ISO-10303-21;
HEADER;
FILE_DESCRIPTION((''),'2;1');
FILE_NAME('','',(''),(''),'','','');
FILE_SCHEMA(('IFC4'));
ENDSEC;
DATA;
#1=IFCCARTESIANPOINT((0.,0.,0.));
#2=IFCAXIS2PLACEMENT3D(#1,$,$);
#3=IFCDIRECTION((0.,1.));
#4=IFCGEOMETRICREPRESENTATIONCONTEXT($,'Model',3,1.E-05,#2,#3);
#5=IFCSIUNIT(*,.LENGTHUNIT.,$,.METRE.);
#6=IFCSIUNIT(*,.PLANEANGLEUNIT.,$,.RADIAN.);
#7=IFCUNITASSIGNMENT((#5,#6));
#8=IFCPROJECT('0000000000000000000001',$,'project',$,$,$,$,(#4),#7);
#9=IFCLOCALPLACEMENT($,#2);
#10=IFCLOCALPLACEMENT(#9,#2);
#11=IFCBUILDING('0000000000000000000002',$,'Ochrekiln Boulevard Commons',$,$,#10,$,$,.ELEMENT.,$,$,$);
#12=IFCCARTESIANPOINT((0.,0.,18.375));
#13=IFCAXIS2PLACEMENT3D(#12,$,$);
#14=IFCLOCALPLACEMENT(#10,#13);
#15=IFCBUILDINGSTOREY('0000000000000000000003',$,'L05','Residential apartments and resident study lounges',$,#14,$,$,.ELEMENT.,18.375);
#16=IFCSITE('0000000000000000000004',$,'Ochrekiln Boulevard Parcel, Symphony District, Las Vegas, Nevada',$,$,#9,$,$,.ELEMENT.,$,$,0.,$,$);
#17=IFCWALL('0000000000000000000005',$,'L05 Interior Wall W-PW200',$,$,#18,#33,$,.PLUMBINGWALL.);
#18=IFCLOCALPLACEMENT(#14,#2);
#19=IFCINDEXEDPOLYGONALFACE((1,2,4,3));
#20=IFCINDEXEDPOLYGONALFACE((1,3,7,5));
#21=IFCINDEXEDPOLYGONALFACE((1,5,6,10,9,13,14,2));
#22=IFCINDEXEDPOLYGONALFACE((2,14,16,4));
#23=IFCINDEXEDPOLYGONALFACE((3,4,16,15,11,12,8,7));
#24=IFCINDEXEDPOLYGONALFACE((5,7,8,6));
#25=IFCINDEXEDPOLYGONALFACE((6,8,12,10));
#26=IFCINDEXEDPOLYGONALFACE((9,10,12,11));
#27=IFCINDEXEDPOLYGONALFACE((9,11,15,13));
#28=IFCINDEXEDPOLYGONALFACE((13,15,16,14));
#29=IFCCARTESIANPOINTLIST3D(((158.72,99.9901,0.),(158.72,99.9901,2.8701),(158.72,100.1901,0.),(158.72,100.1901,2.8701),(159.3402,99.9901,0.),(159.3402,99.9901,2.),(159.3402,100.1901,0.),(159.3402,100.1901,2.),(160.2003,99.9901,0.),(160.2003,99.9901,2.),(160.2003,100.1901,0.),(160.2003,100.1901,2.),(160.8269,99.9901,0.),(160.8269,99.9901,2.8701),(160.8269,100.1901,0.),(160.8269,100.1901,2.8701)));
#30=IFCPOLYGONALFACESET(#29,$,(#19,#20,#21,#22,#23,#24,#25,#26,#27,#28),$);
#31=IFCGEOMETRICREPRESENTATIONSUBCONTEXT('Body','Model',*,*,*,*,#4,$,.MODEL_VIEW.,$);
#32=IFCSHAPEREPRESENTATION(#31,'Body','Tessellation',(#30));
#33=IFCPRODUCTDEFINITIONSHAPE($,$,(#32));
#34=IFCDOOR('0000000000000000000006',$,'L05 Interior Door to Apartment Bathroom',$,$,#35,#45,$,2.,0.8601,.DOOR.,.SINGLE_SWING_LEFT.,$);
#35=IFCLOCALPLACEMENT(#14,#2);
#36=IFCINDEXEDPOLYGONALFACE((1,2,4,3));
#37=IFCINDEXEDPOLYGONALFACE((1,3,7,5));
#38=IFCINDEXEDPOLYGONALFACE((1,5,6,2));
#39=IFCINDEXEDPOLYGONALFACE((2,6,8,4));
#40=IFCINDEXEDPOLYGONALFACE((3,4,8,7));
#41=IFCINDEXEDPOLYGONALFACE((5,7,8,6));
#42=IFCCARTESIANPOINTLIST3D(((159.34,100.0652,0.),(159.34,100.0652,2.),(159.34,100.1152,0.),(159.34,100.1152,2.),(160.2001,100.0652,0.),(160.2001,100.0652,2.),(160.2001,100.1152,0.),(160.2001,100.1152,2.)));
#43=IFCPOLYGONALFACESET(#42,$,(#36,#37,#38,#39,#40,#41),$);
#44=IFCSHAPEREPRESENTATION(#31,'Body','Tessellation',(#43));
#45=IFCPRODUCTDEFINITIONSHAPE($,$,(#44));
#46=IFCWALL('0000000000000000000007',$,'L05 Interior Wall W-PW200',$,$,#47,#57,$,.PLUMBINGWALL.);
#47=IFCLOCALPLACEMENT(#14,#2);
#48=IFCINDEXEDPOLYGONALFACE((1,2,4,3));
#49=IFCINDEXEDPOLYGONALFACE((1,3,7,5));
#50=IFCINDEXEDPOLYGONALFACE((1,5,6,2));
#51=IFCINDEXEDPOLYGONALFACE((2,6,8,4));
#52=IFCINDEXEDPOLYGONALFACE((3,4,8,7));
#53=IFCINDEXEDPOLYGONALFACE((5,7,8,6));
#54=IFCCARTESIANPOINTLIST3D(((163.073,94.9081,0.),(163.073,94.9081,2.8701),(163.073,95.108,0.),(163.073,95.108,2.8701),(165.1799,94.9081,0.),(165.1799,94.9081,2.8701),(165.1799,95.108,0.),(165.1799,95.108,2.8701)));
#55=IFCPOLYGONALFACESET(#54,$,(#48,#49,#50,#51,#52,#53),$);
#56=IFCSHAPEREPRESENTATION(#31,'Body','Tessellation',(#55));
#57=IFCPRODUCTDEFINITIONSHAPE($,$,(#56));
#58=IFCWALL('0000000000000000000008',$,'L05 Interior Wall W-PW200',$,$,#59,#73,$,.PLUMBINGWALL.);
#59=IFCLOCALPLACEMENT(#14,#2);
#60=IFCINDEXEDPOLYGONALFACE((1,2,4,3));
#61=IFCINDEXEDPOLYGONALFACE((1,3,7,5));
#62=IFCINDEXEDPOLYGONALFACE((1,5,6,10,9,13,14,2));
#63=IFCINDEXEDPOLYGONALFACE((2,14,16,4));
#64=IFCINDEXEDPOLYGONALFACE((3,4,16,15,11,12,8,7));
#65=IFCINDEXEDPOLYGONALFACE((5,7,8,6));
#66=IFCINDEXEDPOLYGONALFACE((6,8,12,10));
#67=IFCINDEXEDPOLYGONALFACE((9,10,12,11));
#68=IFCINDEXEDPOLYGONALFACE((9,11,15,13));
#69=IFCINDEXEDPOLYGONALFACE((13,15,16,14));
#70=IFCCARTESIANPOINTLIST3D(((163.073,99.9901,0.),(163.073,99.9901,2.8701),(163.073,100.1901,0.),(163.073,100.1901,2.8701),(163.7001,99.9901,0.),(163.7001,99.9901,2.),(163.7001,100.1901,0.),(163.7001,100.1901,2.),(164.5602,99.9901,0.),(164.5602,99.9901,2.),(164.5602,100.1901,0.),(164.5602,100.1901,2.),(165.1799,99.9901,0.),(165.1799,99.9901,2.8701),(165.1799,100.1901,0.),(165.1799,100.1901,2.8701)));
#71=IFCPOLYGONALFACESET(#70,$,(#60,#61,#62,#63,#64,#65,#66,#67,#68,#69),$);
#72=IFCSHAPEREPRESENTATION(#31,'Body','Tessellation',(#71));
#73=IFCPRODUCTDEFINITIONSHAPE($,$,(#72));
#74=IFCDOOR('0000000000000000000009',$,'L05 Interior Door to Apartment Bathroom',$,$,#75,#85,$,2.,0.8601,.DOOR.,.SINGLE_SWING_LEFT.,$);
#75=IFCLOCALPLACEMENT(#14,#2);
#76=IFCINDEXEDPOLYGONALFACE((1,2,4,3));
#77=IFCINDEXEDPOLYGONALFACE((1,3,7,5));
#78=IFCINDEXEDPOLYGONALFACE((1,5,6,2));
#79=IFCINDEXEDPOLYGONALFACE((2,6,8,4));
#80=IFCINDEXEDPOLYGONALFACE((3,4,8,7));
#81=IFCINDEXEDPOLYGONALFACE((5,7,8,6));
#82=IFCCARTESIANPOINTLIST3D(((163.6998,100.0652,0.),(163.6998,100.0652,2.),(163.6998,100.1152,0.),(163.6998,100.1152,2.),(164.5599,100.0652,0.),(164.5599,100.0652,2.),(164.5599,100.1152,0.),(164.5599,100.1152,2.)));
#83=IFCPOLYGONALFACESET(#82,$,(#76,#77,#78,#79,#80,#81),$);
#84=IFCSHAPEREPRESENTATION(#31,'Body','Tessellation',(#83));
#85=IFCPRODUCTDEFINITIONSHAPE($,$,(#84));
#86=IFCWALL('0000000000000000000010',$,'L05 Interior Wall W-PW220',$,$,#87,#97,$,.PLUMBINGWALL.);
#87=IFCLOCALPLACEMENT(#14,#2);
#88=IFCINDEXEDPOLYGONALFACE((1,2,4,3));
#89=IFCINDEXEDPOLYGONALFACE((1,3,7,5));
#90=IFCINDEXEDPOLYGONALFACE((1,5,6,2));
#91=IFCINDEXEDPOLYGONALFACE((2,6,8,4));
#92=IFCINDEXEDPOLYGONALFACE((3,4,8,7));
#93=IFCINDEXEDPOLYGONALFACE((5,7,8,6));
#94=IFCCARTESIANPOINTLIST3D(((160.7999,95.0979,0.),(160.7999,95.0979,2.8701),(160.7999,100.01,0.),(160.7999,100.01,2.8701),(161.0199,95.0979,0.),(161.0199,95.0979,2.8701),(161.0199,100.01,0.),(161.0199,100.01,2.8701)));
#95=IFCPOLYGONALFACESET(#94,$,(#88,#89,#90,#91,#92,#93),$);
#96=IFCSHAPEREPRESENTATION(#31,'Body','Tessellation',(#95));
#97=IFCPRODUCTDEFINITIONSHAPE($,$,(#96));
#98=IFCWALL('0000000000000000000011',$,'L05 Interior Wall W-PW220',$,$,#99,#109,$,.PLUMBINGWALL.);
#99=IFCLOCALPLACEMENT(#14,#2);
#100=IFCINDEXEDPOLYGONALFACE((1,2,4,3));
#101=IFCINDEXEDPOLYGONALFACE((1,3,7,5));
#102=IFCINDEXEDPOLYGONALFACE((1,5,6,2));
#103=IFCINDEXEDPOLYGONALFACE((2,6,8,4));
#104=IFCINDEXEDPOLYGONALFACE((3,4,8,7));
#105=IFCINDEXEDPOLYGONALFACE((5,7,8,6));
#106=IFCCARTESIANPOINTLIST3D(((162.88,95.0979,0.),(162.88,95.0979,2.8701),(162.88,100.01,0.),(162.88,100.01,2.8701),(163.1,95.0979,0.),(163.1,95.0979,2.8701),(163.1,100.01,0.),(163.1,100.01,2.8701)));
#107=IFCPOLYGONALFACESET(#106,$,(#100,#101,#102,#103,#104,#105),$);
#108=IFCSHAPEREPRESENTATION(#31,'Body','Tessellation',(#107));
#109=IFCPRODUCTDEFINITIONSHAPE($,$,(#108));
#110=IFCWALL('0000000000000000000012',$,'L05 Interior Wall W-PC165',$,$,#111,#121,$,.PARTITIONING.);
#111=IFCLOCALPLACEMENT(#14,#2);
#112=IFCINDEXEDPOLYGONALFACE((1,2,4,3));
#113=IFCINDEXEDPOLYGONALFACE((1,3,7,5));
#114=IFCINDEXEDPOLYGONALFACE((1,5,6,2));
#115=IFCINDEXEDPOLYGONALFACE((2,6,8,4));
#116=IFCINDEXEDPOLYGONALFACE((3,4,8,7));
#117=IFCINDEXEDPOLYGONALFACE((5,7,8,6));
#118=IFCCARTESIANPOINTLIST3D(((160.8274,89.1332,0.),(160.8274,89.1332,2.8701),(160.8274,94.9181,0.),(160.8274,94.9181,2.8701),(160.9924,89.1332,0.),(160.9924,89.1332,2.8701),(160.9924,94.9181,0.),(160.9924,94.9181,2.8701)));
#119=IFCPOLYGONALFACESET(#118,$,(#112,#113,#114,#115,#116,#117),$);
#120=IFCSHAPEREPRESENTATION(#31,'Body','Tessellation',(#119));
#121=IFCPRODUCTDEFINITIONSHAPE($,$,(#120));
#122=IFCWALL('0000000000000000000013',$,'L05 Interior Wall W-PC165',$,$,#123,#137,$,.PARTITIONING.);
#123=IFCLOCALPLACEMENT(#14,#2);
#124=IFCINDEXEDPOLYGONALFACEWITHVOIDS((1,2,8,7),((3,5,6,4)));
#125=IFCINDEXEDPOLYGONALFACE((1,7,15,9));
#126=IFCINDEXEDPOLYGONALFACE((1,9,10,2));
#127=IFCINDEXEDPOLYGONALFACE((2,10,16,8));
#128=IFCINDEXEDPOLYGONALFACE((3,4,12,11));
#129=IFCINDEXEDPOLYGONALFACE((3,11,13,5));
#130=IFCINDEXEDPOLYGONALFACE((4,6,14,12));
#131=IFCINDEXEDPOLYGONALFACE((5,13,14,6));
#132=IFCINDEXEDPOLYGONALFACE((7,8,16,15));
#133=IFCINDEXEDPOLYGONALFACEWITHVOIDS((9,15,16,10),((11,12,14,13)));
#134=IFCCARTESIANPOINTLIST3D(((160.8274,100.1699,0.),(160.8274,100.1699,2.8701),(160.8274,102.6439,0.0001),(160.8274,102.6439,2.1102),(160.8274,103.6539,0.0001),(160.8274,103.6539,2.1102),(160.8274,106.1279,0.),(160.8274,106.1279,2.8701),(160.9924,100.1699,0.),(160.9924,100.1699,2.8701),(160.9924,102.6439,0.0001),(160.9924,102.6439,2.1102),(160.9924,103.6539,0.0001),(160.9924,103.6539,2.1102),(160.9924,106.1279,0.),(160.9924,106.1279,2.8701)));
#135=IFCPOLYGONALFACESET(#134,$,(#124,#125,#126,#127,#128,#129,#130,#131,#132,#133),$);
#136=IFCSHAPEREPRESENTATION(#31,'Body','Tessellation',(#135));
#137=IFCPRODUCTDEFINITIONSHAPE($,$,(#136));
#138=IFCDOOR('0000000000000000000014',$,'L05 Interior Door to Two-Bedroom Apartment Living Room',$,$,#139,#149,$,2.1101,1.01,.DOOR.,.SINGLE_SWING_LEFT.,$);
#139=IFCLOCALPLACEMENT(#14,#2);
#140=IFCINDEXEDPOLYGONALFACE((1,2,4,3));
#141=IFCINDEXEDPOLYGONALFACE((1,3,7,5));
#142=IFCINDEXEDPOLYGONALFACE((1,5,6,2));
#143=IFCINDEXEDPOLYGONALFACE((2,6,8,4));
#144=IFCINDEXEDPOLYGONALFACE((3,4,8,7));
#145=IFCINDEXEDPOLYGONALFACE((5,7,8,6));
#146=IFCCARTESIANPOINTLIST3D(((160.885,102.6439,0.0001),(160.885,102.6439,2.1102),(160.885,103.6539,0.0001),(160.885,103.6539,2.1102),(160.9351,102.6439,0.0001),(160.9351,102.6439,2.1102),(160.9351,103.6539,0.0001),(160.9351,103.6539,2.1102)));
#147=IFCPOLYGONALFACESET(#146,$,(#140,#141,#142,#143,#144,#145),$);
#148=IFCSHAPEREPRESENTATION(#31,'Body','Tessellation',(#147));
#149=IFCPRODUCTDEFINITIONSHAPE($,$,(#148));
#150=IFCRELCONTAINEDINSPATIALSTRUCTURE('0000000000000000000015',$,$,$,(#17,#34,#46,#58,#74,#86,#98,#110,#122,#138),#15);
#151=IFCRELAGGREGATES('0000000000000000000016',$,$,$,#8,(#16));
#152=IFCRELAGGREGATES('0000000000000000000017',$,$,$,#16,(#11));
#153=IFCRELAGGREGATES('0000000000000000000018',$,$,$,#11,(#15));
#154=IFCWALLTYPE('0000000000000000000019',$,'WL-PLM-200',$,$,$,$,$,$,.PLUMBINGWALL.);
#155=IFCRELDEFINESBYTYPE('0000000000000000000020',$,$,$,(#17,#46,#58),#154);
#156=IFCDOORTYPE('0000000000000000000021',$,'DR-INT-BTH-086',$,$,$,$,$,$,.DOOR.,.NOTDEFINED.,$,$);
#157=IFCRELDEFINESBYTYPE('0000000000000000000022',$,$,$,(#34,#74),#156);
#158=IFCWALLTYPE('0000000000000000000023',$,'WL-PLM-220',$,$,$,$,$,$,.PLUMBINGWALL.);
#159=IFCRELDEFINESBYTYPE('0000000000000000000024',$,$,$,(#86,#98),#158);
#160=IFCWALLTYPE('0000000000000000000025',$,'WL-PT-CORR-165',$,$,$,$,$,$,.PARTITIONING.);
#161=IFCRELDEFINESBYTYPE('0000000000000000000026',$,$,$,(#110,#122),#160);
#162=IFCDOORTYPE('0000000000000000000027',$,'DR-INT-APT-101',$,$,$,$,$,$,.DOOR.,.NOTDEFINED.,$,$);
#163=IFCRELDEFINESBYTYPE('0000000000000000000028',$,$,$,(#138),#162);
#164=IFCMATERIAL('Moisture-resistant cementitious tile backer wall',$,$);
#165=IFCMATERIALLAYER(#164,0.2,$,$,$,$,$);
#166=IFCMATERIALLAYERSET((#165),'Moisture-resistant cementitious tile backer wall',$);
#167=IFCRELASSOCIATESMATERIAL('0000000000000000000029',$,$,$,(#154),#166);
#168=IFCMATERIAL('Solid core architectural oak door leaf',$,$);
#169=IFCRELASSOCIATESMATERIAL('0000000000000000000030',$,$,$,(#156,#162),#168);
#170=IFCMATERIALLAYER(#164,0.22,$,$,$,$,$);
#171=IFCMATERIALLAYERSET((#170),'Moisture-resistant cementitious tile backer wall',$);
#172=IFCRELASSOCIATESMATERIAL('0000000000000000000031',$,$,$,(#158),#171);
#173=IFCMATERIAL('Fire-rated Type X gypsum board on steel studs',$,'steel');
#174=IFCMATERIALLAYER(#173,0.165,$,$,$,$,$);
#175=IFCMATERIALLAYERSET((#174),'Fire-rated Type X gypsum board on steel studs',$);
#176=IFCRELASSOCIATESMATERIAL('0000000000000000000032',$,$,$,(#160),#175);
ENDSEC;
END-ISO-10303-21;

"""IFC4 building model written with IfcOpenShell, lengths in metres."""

from ifc_helpers import new_model, si_unit, direction, frame, frame_2d, origin, place, context, subcontext, project, spatial, rectangle, extrude, material, layer, layer_set, type_object, element, fill, save


model = new_model("IFC4")

# Units and contexts
model_context = context("Model", 3, precision=1e-05, world=origin(), true_north=direction((0.0, 1.0)))
body_context = subcontext(model_context, "Body", "Model", "MODEL_VIEW")
ifc_project = project(units=[si_unit("LENGTHUNIT", "METRE"), si_unit("PLANEANGLEUNIT", "RADIAN")], contexts=[model_context])

# Site, building, storey
site_placement = place(None, origin())
site = spatial("IfcSite", under=ifc_project, at=site_placement, Name="Ochrekiln Boulevard Parcel, Symphony District, Las Vegas, Nevada", CompositionType="ELEMENT", RefElevation=0.0)
building_placement = place(site_placement, origin())
building = spatial("IfcBuilding", under=site, at=building_placement, Name="Ochrekiln Boulevard Commons", CompositionType="ELEMENT")
storey_placement = place(building_placement, frame((0.0, 0.0, 18.375)))
storey = spatial("IfcBuildingStorey", under=building, at=storey_placement, Name="L05", Description="Residential apartments and resident study lounges", CompositionType="ELEMENT", Elevation=18.375)

# Wall, opening, door
ifc_material_1 = material(Name="Moisture-resistant cementitious tile backer wall")
ifc_layer_1 = layer(ifc_material_1, 0.2)
ifc_layer_set_1 = layer_set([ifc_layer_1], Name="Moisture-resistant cementitious tile backer wall")
wall_type_1 = type_object("IfcWallType", Name="WL-PLM-200", PredefinedType="PLUMBINGWALL", material=ifc_layer_set_1)
wall_1_placement = place(storey_placement, frame((158.72, 100.0901, 0.0), z_axis=(0.0, 0.0, 1.0), x_axis=(1.0, 0.0, 0.0)))
wall_1 = element("IfcWall", 1, at=wall_1_placement, inside=storey, type_object=wall_type_1, Name="L05 Interior Wall W-PW200", PredefinedType="PLUMBINGWALL", context=body_context, shape_type="SweptSolid", body=[
    extrude(rectangle(XDim=2.1069, YDim=0.2, at=frame_2d((1.0535, 0.0))), origin(), (0.0, 0.0, 1.0), 2.8701),
])
opening_1_placement = place(wall_1_placement, frame((0.6201, 0.0, 0.0)))
opening_1 = element("IfcOpeningElement", 2, at=opening_1_placement, cuts=wall_1, PredefinedType="OPENING", context=body_context, shape_type="SweptSolid", body=[
    extrude(rectangle(XDim=0.8601, YDim=2.0, at=frame_2d((0.4302, 1.0))), frame((0.0, 0.1099, 0.0), z_axis=(0.0, -1.0, 0.0), x_axis=(1.0, 0.0, 0.0)), (0.0, 0.0, 1.0), 0.22),
])
ifc_material_2 = material(Name="Solid core architectural oak door leaf")
door_type_1 = type_object("IfcDoorType", Name="DR-INT-BTH-086", OperationType="NOTDEFINED", PredefinedType="DOOR", material=ifc_material_2)
door_1_placement = place(opening_1_placement, frame((0.8601, 0.0, 0.0), z_axis=(0.0, 0.0, 1.0), x_axis=(-1.0, 0.0, 0.0)))
door_1 = element("IfcDoor", 3, at=door_1_placement, inside=storey, type_object=door_type_1, Name="L05 Interior Door to Apartment Bathroom", OperationType="SINGLE_SWING_LEFT", OverallHeight=2.0, OverallWidth=0.8601, PredefinedType="DOOR", context=body_context, shape_type="SweptSolid", body=[
    extrude(rectangle(XDim=0.8601, YDim=2.0, at=frame_2d((0.4302, 1.0))), frame((0.0, 0.0249, 0.0), z_axis=(0.0, -1.0, 0.0), x_axis=(1.0, 0.0, 0.0)), (0.0, 0.0, 1.0), 0.05),
])
fill(opening_1, door_1)

# Wall
wall_2_placement = place(storey_placement, frame((163.073, 95.0081, 0.0), z_axis=(0.0, 0.0, 1.0), x_axis=(1.0, 0.0, 0.0)))
element("IfcWall", 4, at=wall_2_placement, inside=storey, type_object=wall_type_1, Name="L05 Interior Wall W-PW200", PredefinedType="PLUMBINGWALL", context=body_context, shape_type="SweptSolid", body=[
    extrude(rectangle(XDim=2.1069, YDim=0.2, at=frame_2d((1.0535, 0.0))), origin(), (0.0, 0.0, 1.0), 2.8701),
])

# Wall, opening, door
wall_3_placement = place(storey_placement, frame((163.073, 100.0901, 0.0), z_axis=(0.0, 0.0, 1.0), x_axis=(1.0, 0.0, 0.0)))
wall_3 = element("IfcWall", 5, at=wall_3_placement, inside=storey, type_object=wall_type_1, Name="L05 Interior Wall W-PW200", PredefinedType="PLUMBINGWALL", context=body_context, shape_type="SweptSolid", body=[
    extrude(rectangle(XDim=2.1069, YDim=0.2, at=frame_2d((1.0535, 0.0))), origin(), (0.0, 0.0, 1.0), 2.8701),
])
opening_2_placement = place(wall_3_placement, frame((0.627, 0.0, 0.0)))
opening_2 = element("IfcOpeningElement", 6, at=opening_2_placement, cuts=wall_3, PredefinedType="OPENING", context=body_context, shape_type="SweptSolid", body=[
    extrude(rectangle(XDim=0.8601, YDim=2.0, at=frame_2d((0.4302, 1.0))), frame((0.0, 0.1099, 0.0), z_axis=(0.0, -1.0, 0.0), x_axis=(1.0, 0.0, 0.0)), (0.0, 0.0, 1.0), 0.22),
])
door_2_placement = place(opening_2_placement, frame((0.8601, 0.0, 0.0), z_axis=(0.0, 0.0, 1.0), x_axis=(-1.0, 0.0, 0.0)))
door_2 = element("IfcDoor", 7, at=door_2_placement, inside=storey, type_object=door_type_1, Name="L05 Interior Door to Apartment Bathroom", OperationType="SINGLE_SWING_LEFT", OverallHeight=2.0, OverallWidth=0.8601, PredefinedType="DOOR", context=body_context, shape_type="SweptSolid", body=[
    extrude(rectangle(XDim=0.8601, YDim=2.0, at=frame_2d((0.4302, 1.0))), frame((0.0, 0.0249, 0.0), z_axis=(0.0, -1.0, 0.0), x_axis=(1.0, 0.0, 0.0)), (0.0, 0.0, 1.0), 0.05),
])
fill(opening_2, door_2)

# Walls
ifc_layer_2 = layer(ifc_material_1, 0.22)
ifc_layer_set_2 = layer_set([ifc_layer_2], Name="Moisture-resistant cementitious tile backer wall")
wall_type_2 = type_object("IfcWallType", Name="WL-PLM-220", PredefinedType="PLUMBINGWALL", material=ifc_layer_set_2)
for number, where, z_axis, x_axis, name in (
    (8, (160.9099, 95.0979, 0.0), (0.0, 0.0, 1.0), (0.0, 1.0, 0.0), "L05 Interior Wall W-PW220"),
    (9, (162.99, 95.0979, 0.0), (0.0, 0.0, 1.0), (0.0, 1.0, 0.0), "L05 Interior Wall W-PW220"),
):
    element("IfcWall", number, at=place(storey_placement, frame(where, z_axis=z_axis, x_axis=x_axis)), inside=storey, type_object=wall_type_2, Name=name, PredefinedType="PLUMBINGWALL", context=body_context, shape_type="SweptSolid", body=[
        extrude(rectangle(XDim=4.9121, YDim=0.22, at=frame_2d((2.4561, 0.0))), origin(), (0.0, 0.0, 1.0), 2.8701),
    ])
ifc_material_3 = material(Name="Fire-rated Type X gypsum board on steel studs", Category="steel")
ifc_layer_3 = layer(ifc_material_3, 0.165)
ifc_layer_set_3 = layer_set([ifc_layer_3], Name="Fire-rated Type X gypsum board on steel studs")
wall_type_3 = type_object("IfcWallType", Name="WL-PT-CORR-165", PredefinedType="PARTITIONING", material=ifc_layer_set_3)
wall_4_placement = place(storey_placement, frame((160.9099, 89.1331, 0.0), z_axis=(0.0, 0.0, 1.0), x_axis=(0.0, 1.0, 0.0)))
element("IfcWall", 10, at=wall_4_placement, inside=storey, type_object=wall_type_3, Name="L05 Interior Wall W-PC165", PredefinedType="PARTITIONING", context=body_context, shape_type="SweptSolid", body=[
    extrude(rectangle(XDim=5.7849, YDim=0.165, at=frame_2d((2.8926, 0.0))), origin(), (0.0, 0.0, 1.0), 2.8701),
])

# Wall, opening, door
wall_5_placement = place(storey_placement, frame((160.9099, 100.1699, 0.0), z_axis=(0.0, 0.0, 1.0), x_axis=(0.0, 1.0, 0.0)))
wall_5 = element("IfcWall", 11, at=wall_5_placement, inside=storey, type_object=wall_type_3, Name="L05 Interior Wall W-PC165", PredefinedType="PARTITIONING", context=body_context, shape_type="SweptSolid", body=[
    extrude(rectangle(XDim=5.958, YDim=0.165, at=frame_2d((2.979, 0.0))), origin(), (0.0, 0.0, 1.0), 2.8701),
])
opening_3_placement = place(wall_5_placement, frame((2.4741, 0.0, 0.0)))
opening_3 = element("IfcOpeningElement", 12, at=opening_3_placement, cuts=wall_5, PredefinedType="OPENING", context=body_context, shape_type="SweptSolid", body=[
    extrude(rectangle(XDim=1.01, YDim=2.1101, at=frame_2d((0.5049, 1.0552))), frame((0.0, 0.0925, 0.0), z_axis=(0.0, -1.0, 0.0), x_axis=(1.0, 0.0, 0.0)), (0.0, 0.0, 1.0), 0.1851),
])
door_type_2 = type_object("IfcDoorType", Name="DR-INT-APT-101", OperationType="NOTDEFINED", PredefinedType="DOOR", material=ifc_material_2)
door_3_placement = place(opening_3_placement, origin())
door_3 = element("IfcDoor", 13, at=door_3_placement, inside=storey, type_object=door_type_2, Name="L05 Interior Door to Two-Bedroom Apartment Living Room", OperationType="SINGLE_SWING_LEFT", OverallHeight=2.1101, OverallWidth=1.01, PredefinedType="DOOR", context=body_context, shape_type="SweptSolid", body=[
    extrude(rectangle(XDim=1.01, YDim=2.1101, at=frame_2d((0.5049, 1.0552))), frame((0.0, 0.0249, 0.0), z_axis=(0.0, -1.0, 0.0), x_axis=(1.0, 0.0, 0.0)), (0.0, 0.0, 1.0), 0.05),
])
fill(opening_3, door_3)

save(model, "model.ifc")
